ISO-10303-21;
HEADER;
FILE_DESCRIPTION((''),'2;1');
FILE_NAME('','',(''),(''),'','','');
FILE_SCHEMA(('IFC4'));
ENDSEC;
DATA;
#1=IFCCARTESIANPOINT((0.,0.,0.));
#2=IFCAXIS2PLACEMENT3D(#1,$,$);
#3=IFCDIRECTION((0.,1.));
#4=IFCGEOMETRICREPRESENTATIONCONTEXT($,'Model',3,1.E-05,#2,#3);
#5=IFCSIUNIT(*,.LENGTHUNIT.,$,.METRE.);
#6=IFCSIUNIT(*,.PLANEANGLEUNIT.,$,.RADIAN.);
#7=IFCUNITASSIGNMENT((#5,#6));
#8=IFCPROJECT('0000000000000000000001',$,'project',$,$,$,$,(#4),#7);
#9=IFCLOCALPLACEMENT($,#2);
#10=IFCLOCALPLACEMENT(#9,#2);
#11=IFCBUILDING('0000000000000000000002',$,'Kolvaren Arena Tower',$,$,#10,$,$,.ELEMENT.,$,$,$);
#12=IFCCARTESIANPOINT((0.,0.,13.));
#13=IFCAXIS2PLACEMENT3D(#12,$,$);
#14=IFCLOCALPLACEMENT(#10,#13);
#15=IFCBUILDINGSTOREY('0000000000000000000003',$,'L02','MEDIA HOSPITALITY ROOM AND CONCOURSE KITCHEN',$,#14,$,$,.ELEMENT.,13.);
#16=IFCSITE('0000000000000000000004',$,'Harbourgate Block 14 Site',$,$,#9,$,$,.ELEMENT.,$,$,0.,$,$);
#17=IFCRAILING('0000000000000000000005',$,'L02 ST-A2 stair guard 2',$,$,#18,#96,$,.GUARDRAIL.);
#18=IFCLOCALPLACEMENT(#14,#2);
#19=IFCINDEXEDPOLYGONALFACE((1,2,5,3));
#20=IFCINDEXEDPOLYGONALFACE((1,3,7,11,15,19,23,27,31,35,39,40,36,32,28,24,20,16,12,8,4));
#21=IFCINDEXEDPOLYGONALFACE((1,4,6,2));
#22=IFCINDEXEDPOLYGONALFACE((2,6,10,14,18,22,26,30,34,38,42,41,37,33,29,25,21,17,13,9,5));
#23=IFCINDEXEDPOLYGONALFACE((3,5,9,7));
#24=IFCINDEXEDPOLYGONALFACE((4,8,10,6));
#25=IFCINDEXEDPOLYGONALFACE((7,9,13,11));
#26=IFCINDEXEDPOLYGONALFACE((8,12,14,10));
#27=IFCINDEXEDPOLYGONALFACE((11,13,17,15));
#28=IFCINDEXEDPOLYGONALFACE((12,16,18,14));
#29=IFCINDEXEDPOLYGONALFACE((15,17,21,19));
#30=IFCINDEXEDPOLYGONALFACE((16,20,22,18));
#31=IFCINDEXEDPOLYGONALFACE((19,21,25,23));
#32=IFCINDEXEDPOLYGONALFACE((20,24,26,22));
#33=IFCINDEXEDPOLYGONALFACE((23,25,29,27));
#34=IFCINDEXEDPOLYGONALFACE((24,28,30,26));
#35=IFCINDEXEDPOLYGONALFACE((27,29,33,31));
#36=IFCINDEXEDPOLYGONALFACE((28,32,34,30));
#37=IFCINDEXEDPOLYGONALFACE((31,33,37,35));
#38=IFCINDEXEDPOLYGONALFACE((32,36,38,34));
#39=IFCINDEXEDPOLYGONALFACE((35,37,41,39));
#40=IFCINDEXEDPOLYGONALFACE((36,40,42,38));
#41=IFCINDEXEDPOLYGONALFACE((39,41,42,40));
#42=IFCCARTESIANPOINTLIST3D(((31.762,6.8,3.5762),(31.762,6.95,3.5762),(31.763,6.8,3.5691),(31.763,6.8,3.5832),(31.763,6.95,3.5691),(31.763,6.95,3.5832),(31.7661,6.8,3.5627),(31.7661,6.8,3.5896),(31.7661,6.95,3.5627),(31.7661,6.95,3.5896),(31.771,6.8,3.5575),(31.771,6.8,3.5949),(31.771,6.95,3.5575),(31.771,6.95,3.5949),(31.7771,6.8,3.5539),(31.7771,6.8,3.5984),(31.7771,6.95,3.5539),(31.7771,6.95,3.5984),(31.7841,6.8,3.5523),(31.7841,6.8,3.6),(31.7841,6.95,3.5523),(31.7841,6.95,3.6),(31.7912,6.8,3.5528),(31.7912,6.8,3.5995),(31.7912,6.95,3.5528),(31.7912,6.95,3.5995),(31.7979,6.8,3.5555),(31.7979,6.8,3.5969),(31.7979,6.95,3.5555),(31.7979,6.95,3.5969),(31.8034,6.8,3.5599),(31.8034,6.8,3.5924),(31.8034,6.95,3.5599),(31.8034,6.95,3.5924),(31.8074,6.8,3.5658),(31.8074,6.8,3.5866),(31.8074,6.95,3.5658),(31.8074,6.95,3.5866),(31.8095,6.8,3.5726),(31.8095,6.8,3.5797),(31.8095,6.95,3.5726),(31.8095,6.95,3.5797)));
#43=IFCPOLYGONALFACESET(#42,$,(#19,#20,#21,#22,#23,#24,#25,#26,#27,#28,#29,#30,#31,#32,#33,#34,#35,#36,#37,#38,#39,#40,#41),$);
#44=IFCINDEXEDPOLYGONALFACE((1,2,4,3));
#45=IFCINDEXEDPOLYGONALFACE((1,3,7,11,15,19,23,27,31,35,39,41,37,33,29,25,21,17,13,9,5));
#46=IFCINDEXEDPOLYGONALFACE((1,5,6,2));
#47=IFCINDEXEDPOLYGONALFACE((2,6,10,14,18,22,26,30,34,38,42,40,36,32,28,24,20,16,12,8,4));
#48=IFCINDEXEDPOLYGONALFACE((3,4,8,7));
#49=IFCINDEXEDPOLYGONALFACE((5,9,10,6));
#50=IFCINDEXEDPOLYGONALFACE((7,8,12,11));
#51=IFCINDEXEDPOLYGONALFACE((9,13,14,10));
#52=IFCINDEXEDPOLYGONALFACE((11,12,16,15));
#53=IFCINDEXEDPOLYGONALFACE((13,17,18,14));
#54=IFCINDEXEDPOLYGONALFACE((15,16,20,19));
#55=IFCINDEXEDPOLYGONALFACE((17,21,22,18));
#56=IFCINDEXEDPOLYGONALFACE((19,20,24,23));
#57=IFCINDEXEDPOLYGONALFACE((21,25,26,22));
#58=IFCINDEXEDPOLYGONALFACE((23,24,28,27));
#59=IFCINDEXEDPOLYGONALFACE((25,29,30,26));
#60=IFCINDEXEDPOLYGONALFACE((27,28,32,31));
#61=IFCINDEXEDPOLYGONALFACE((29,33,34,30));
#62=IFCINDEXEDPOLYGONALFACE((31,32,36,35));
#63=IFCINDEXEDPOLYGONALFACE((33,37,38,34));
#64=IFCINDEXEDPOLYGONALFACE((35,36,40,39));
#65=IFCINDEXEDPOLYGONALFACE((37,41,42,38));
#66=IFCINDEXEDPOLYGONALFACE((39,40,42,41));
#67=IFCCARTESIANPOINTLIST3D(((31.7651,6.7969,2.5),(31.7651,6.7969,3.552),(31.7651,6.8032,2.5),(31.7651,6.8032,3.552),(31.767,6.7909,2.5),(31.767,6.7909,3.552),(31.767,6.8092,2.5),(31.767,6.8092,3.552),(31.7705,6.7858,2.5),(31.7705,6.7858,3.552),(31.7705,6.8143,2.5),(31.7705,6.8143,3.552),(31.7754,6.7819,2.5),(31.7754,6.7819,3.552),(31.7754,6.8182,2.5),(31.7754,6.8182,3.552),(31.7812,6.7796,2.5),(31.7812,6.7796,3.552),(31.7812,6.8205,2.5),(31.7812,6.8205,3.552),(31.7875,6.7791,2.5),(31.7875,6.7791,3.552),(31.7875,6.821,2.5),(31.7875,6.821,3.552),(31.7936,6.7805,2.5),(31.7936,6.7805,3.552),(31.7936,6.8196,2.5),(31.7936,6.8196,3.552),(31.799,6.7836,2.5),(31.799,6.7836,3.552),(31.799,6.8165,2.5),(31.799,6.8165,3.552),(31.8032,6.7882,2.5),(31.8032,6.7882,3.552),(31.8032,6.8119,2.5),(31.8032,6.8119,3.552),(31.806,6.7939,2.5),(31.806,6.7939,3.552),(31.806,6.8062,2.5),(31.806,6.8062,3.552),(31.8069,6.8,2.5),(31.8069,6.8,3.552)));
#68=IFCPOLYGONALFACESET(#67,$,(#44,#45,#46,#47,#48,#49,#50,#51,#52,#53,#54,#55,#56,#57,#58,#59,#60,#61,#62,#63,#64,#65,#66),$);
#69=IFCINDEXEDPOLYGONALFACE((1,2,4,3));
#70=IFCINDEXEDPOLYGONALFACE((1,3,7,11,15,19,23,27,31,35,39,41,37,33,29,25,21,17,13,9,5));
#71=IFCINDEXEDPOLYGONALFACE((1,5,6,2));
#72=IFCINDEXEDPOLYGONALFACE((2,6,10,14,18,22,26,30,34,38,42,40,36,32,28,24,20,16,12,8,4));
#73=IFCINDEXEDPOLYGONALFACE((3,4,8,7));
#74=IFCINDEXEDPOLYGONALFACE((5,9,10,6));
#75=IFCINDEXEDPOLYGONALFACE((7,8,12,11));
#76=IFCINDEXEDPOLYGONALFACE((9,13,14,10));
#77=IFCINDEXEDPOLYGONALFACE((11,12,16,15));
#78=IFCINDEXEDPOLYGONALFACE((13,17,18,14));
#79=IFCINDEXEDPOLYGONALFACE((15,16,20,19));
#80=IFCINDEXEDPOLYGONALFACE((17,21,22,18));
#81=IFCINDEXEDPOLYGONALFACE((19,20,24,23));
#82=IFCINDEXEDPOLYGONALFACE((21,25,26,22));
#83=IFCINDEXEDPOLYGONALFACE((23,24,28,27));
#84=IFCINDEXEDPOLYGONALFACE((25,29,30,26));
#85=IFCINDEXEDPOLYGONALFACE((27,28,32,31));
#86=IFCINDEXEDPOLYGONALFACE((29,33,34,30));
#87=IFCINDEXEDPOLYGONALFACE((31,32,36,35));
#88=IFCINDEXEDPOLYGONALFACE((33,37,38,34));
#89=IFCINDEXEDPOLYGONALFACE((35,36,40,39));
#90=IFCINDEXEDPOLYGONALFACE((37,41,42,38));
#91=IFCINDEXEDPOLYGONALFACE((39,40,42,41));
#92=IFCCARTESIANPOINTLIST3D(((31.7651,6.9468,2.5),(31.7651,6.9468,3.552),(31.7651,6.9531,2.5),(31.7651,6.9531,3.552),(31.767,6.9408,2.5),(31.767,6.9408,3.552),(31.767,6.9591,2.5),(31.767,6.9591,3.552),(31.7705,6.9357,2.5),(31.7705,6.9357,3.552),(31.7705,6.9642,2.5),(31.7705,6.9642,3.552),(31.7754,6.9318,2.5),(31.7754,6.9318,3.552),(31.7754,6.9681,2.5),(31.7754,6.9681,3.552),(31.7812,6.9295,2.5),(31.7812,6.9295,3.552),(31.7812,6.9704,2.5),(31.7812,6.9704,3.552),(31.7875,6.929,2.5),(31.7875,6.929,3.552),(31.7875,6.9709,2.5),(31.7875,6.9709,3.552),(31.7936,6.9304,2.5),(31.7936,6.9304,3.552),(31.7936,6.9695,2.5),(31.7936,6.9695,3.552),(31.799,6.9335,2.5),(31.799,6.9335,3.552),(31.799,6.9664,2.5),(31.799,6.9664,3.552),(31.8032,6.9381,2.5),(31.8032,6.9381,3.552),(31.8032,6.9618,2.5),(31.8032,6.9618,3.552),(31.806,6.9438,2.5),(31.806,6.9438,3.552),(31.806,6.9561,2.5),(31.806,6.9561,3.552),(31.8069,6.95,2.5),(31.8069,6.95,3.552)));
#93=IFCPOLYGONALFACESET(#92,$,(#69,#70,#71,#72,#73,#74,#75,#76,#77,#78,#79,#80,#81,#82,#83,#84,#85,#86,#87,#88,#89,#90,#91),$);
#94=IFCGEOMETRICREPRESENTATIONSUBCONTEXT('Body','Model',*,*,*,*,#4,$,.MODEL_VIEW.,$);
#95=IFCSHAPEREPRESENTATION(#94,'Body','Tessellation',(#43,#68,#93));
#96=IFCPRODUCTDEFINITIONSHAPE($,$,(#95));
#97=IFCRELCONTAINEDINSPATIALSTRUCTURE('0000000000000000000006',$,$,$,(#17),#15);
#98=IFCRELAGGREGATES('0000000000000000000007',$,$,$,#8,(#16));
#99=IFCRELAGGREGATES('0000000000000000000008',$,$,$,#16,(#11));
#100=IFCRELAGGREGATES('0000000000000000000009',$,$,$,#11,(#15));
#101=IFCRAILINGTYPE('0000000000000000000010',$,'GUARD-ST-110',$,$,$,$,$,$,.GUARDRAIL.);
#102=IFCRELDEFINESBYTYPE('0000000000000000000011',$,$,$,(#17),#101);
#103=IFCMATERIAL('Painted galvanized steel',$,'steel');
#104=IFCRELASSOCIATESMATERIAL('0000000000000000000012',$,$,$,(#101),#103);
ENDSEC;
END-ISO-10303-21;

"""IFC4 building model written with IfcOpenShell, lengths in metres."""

from ifc_helpers import new_model, si_unit, direction, frame, origin, origin_2d, place, context, subcontext, project, spatial, circle, extrude, material, type_object, element, save


model = new_model("IFC4")

# Units and contexts
model_context = context("Model", 3, precision=1e-05, world=origin(), true_north=direction((0.0, 1.0)))
body_context = subcontext(model_context, "Body", "Model", "MODEL_VIEW")
ifc_project = project(units=[si_unit("LENGTHUNIT", "METRE"), si_unit("PLANEANGLEUNIT", "RADIAN")], contexts=[model_context])

# Site, building, storey
site_placement = place(None, origin())
site = spatial("IfcSite", under=ifc_project, at=site_placement, Name="Harbourgate Block 14 Site", CompositionType="ELEMENT", RefElevation=0.0)
building_placement = place(site_placement, origin())
building = spatial("IfcBuilding", under=site, at=building_placement, Name="Kolvaren Arena Tower", CompositionType="ELEMENT")
storey_placement = place(building_placement, frame((0.0, 0.0, 13.0)))
storey = spatial("IfcBuildingStorey", under=building, at=storey_placement, Name="L02", Description="MEDIA HOSPITALITY ROOM AND CONCOURSE KITCHEN", CompositionType="ELEMENT", Elevation=13.0)

# Railing
ifc_material_1 = material(Name="Painted galvanized steel", Category="steel")
railing_type_1 = type_object("IfcRailingType", Name="GUARD-ST-110", PredefinedType="GUARDRAIL", material=ifc_material_1)
railing_1_placement = place(storey_placement, frame((31.7859, 6.8, 2.5)))
element("IfcRailing", 1, at=railing_1_placement, inside=storey, type_object=railing_type_1, Name="L02 ST-A2 stair guard 2", PredefinedType="GUARDRAIL", context=body_context, shape_type="SweptSolid", body=[
    extrude(circle(Radius=0.0239, at=origin_2d()), frame((0.0, 0.0, 1.0762), z_axis=(0.0, 1.0, 0.0), x_axis=(-1.0, 0.0, 0.0)), (0.0, 0.0, 1.0), 0.1499),
    extrude(circle(Radius=0.021, at=origin_2d()), origin(), (0.0, 0.0, 1.0), 1.052),
    extrude(circle(Radius=0.021, at=origin_2d()), frame((0.0, 0.1499, 0.0)), (0.0, 0.0, 1.0), 1.052),
])

save(model, "model.ifc")
